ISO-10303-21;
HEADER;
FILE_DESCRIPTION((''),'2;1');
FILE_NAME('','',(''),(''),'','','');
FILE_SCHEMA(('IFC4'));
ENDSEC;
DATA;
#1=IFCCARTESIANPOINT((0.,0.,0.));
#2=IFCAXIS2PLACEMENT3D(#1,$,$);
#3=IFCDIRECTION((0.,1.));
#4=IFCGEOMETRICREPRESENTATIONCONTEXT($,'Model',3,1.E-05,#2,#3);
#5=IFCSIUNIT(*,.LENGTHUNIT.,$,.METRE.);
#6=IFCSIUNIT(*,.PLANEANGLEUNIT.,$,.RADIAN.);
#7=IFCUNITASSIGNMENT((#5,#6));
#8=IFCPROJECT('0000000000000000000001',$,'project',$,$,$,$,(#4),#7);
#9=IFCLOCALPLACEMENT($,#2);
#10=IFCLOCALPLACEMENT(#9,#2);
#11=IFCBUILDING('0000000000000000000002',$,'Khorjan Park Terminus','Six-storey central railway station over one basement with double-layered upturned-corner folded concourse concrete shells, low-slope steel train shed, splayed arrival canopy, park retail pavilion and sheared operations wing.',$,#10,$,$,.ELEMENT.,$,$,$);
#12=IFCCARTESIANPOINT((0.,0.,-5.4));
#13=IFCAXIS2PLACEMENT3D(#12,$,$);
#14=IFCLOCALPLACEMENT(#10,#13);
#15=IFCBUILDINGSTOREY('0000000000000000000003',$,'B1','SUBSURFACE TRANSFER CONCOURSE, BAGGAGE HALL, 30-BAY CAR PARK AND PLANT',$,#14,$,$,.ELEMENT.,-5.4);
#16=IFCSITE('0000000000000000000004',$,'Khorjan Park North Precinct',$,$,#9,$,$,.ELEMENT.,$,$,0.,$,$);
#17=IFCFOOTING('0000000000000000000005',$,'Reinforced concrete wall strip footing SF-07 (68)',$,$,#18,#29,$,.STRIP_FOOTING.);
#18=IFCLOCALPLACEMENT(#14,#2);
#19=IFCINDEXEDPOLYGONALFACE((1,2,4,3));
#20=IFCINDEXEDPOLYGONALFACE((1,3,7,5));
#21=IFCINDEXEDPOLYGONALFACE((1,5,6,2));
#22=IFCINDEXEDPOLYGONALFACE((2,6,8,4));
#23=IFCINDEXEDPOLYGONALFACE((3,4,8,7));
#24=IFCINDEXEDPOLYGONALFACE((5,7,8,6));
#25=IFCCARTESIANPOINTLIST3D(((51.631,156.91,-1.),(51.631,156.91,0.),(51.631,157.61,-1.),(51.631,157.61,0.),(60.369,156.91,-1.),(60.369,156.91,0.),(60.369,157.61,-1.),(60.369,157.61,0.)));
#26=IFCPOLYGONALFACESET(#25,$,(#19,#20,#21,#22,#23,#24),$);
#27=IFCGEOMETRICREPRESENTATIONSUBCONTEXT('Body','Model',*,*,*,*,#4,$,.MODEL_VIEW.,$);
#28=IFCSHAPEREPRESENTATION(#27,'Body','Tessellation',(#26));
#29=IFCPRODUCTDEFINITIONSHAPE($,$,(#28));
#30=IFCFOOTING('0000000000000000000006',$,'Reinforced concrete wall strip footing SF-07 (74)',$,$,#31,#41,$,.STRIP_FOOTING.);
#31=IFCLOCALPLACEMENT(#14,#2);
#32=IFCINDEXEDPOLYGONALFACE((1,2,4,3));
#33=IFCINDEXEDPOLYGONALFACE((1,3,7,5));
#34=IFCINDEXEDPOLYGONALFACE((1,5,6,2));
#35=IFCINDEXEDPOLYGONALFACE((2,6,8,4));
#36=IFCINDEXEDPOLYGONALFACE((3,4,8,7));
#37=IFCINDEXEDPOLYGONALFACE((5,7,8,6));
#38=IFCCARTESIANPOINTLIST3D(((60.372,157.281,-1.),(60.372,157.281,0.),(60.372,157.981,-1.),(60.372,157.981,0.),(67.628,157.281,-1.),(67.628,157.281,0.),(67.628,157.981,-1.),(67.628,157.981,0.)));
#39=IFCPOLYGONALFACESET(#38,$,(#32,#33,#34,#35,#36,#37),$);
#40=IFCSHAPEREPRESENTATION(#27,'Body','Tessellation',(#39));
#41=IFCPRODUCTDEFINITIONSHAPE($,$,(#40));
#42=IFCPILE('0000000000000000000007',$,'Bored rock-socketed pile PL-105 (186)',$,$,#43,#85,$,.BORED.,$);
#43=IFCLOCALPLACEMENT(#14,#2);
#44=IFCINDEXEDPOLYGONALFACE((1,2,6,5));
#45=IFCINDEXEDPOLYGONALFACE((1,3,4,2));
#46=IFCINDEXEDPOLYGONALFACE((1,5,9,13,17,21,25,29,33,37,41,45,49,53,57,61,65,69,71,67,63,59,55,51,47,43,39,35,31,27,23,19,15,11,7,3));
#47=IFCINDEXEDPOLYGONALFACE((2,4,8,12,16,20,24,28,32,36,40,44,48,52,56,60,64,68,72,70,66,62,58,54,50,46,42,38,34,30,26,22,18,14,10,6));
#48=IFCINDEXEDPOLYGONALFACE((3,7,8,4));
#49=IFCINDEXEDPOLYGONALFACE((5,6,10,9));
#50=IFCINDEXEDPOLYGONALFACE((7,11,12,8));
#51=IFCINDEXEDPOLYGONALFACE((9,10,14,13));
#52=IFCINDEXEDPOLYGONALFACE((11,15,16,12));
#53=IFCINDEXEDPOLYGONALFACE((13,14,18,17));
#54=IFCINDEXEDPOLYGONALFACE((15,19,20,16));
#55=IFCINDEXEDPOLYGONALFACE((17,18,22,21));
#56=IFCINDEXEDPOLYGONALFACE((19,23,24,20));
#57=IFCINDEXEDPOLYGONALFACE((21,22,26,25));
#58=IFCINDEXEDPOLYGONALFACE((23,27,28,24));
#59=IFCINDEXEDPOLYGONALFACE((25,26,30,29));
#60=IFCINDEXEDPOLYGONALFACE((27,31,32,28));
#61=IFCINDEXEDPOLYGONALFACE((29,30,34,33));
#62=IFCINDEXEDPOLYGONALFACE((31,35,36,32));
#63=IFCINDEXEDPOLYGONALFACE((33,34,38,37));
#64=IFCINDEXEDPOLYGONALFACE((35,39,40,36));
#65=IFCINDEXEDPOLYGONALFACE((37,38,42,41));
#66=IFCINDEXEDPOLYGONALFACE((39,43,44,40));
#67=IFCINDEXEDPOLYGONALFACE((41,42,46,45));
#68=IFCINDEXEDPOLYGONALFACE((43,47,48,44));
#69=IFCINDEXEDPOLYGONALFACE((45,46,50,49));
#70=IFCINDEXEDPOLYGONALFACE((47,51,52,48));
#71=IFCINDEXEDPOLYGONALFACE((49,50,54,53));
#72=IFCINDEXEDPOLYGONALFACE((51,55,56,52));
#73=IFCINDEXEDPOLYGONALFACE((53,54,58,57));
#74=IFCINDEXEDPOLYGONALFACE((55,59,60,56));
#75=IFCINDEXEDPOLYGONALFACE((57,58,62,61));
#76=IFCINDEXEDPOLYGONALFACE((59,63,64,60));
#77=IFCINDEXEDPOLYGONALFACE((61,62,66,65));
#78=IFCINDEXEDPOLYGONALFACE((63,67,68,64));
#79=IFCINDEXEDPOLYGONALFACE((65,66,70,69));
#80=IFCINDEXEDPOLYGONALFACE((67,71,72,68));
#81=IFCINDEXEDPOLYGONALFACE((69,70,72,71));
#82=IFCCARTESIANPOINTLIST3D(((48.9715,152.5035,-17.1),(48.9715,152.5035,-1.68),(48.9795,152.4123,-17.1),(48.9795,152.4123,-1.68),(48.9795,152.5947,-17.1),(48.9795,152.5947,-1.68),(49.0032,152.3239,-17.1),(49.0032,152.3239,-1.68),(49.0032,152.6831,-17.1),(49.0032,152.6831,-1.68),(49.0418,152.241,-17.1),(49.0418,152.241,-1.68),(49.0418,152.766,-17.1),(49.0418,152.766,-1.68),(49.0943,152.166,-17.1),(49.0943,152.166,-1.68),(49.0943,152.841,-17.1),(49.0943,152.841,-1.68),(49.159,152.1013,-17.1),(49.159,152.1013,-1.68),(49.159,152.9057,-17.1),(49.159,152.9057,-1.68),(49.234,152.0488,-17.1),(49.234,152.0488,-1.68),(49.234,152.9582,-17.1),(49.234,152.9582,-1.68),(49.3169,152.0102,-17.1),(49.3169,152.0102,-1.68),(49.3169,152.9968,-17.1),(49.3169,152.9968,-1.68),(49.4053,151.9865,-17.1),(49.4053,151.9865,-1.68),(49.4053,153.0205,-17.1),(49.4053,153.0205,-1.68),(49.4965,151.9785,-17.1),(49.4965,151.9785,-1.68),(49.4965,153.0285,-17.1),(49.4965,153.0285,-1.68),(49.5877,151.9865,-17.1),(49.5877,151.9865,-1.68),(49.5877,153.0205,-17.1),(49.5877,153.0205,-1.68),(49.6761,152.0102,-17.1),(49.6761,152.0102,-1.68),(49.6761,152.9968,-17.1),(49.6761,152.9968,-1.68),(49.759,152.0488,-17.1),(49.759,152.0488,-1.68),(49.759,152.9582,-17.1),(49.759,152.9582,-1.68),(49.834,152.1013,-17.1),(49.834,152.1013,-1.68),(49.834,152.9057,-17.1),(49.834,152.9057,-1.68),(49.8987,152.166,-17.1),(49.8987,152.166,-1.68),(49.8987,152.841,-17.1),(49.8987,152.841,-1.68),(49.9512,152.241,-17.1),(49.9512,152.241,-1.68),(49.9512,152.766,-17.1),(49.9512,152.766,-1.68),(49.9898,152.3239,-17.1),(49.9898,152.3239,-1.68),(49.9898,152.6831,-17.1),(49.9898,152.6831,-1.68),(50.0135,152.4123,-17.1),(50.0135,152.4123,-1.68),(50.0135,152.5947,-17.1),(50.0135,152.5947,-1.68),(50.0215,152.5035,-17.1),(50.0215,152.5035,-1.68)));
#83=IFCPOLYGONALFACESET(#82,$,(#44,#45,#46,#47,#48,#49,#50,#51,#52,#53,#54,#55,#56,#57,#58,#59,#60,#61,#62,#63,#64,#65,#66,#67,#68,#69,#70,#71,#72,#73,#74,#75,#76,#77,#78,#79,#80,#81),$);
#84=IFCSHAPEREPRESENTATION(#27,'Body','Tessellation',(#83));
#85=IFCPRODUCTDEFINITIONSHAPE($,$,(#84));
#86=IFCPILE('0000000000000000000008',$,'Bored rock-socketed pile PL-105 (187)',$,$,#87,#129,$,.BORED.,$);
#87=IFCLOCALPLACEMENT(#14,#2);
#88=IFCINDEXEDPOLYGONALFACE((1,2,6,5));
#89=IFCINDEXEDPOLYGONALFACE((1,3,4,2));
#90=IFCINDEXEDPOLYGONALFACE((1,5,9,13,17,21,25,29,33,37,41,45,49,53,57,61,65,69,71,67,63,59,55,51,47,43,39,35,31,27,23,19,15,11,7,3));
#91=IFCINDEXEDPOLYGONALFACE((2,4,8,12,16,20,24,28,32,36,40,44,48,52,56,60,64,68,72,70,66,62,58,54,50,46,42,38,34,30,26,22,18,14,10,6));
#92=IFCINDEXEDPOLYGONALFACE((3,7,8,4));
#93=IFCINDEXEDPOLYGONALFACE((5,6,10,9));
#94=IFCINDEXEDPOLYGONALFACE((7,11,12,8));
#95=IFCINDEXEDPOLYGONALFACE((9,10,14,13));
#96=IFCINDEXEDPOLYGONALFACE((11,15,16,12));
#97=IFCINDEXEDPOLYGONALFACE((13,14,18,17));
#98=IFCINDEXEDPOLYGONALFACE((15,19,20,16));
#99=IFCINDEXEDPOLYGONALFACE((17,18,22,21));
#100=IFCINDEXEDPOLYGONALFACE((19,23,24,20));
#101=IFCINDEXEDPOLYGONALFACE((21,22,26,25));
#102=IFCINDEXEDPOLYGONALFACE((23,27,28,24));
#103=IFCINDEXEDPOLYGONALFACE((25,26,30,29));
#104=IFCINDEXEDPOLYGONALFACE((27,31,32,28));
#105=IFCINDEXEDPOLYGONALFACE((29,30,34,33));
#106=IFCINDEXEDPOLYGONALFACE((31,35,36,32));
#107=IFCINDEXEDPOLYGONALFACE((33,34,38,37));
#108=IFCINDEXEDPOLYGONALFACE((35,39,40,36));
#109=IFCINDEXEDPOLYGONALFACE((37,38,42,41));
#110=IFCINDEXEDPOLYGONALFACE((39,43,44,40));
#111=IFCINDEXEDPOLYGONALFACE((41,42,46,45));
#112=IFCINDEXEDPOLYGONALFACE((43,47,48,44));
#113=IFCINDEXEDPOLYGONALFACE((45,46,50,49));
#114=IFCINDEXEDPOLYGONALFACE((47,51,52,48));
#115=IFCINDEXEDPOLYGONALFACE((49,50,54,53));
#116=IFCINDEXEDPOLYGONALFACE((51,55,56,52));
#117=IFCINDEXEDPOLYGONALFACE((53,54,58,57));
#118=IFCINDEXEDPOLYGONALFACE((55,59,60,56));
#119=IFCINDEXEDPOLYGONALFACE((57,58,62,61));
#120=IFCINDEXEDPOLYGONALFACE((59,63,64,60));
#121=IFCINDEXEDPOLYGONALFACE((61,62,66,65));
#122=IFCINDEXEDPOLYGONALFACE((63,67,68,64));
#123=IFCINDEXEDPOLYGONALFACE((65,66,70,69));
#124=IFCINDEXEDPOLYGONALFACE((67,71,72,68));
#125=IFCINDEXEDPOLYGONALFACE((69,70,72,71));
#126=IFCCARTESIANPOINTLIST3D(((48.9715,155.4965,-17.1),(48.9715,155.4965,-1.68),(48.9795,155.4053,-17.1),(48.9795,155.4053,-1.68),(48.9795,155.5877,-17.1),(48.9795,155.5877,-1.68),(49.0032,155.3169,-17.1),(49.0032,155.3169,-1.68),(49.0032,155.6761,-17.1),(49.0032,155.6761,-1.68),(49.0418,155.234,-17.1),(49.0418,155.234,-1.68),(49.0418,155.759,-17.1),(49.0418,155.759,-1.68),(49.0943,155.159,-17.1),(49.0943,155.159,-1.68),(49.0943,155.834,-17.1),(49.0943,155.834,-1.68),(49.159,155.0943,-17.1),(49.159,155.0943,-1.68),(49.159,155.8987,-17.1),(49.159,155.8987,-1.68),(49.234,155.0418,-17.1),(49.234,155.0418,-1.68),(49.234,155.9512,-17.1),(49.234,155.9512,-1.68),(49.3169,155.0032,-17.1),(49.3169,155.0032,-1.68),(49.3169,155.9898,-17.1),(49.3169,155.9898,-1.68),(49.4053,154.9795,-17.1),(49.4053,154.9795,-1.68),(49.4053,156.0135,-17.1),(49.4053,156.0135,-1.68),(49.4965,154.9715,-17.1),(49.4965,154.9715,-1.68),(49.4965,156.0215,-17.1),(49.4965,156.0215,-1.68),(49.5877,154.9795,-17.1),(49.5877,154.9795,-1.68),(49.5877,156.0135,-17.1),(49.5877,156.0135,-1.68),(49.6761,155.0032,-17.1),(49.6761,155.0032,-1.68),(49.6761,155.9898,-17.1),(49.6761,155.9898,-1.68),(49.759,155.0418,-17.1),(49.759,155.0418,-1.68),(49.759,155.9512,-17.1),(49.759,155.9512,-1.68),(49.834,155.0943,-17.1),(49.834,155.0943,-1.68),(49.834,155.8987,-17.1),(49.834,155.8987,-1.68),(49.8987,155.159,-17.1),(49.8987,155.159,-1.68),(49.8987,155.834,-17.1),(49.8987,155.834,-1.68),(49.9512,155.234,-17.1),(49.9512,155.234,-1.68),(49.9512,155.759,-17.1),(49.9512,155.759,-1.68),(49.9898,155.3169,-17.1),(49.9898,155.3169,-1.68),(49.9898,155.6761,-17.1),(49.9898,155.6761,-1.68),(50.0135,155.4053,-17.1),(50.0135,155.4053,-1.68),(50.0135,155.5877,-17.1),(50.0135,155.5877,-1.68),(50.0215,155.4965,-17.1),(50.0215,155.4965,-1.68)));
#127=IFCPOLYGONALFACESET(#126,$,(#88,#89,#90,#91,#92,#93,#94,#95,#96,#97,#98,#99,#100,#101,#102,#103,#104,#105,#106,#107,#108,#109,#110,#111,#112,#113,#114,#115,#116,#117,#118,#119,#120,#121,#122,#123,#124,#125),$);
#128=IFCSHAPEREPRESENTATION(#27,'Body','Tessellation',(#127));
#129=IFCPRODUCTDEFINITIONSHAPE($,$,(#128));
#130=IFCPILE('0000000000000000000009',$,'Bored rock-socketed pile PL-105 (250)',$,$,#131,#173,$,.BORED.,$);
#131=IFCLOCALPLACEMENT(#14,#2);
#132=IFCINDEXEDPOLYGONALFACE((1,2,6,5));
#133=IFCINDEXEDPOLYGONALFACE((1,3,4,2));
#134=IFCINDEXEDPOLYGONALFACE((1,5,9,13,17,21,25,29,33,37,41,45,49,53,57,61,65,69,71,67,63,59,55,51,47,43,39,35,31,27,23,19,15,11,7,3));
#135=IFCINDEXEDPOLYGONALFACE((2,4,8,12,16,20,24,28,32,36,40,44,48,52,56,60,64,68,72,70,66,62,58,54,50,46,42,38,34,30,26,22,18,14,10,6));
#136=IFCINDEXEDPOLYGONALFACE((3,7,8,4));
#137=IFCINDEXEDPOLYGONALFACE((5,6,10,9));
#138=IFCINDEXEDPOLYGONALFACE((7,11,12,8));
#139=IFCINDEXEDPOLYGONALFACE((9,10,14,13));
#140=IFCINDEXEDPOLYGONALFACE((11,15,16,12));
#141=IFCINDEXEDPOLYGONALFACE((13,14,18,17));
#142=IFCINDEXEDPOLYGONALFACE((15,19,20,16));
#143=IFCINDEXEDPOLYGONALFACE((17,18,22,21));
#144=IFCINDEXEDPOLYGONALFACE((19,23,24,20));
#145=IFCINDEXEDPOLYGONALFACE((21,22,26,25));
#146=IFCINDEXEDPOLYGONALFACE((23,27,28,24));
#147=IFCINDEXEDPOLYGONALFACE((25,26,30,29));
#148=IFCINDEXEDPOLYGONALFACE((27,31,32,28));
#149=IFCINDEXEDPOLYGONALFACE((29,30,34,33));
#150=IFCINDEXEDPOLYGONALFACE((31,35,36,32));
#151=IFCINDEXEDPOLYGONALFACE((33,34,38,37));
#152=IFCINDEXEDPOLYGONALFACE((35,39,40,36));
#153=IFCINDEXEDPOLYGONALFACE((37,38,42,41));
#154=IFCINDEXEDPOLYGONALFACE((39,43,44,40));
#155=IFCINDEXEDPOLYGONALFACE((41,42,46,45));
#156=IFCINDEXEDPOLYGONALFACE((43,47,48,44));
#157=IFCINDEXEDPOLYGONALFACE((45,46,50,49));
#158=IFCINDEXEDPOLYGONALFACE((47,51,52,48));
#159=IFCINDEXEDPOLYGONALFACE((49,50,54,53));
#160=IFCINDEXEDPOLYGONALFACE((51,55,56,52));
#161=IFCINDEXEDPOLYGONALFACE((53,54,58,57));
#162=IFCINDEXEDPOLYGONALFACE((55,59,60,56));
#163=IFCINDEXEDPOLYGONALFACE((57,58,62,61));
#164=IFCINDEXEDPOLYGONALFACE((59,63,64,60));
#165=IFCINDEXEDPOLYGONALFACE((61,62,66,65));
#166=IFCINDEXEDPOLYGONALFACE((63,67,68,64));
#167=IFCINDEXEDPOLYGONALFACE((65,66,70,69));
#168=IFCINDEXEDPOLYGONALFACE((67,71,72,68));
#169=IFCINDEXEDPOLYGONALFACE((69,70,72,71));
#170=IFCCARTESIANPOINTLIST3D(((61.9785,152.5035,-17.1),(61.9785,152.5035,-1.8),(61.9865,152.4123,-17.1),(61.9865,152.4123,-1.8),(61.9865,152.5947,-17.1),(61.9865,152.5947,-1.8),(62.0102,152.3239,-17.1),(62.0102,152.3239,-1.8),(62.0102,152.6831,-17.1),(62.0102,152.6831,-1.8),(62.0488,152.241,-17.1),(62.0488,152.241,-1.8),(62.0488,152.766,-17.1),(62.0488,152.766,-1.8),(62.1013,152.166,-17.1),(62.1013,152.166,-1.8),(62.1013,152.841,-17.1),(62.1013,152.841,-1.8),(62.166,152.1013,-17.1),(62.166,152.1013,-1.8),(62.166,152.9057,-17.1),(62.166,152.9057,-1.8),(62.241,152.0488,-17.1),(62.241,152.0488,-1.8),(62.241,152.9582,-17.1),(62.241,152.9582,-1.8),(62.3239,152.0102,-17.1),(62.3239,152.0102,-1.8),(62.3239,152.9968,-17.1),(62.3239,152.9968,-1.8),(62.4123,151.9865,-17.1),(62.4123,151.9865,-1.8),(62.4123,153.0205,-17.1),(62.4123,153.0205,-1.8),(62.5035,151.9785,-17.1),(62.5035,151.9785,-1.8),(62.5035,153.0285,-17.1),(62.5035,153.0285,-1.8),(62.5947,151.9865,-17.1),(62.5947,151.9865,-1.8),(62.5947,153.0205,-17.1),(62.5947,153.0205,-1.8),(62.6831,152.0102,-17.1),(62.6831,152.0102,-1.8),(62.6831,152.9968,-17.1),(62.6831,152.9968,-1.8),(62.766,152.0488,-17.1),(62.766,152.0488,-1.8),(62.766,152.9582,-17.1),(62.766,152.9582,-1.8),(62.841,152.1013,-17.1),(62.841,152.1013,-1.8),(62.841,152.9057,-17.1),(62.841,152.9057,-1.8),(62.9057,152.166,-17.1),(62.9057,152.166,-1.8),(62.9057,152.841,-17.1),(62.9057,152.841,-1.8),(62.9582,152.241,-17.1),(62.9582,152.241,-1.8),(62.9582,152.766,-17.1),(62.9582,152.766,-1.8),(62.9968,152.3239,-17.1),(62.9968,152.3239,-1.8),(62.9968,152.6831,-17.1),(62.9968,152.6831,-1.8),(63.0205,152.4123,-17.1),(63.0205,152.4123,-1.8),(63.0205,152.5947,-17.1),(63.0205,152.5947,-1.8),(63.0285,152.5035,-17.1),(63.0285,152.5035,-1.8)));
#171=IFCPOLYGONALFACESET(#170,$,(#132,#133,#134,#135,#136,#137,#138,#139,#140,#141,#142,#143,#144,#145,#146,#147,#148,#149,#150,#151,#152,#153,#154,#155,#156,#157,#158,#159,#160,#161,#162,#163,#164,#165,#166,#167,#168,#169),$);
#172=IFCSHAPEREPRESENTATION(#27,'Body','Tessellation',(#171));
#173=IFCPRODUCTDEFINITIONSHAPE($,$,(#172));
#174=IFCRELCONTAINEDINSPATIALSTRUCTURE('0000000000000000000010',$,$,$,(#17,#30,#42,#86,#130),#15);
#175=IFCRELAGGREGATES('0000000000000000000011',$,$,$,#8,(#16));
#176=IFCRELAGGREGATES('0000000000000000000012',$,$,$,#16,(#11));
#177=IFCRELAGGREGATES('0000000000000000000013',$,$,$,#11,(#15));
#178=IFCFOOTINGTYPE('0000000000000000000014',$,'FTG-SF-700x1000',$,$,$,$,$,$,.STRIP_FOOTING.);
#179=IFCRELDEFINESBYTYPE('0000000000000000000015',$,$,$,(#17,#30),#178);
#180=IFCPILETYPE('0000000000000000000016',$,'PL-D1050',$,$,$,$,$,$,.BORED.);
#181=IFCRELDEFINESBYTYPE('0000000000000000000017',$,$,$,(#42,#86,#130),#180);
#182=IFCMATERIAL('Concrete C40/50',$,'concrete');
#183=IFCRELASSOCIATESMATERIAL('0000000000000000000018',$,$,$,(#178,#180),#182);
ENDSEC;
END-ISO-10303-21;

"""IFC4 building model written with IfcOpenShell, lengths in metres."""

from ifc_helpers import new_model, si_unit, direction, frame, origin, origin_2d, place, context, subcontext, project, spatial, rectangle, circle, extrude, material, material_profile, profile_set, type_object, element, save


model = new_model("IFC4")

# Units and contexts
model_context = context("Model", 3, precision=1e-05, world=origin(), true_north=direction((0.0, 1.0)))
body_context = subcontext(model_context, "Body", "Model", "MODEL_VIEW")
ifc_project = project(units=[si_unit("LENGTHUNIT", "METRE"), si_unit("PLANEANGLEUNIT", "RADIAN")], contexts=[model_context])

# Site, building, storey
site_placement = place(None, origin())
site = spatial("IfcSite", under=ifc_project, at=site_placement, Name="Khorjan Park North Precinct", CompositionType="ELEMENT", RefElevation=0.0)
building_placement = place(site_placement, origin())
building = spatial("IfcBuilding", under=site, at=building_placement, Name="Khorjan Park Terminus", Description="Six-storey central railway station over one basement with double-layered upturned-corner folded concourse concrete shells, low-slope steel train shed, splayed arrival canopy, park retail pavilion and sheared operations wing.", CompositionType="ELEMENT")
storey_placement = place(building_placement, frame((0.0, 0.0, -5.4)))
storey = spatial("IfcBuildingStorey", under=building, at=storey_placement, Name="B1", Description="SUBSURFACE TRANSFER CONCOURSE, BAGGAGE HALL, 30-BAY CAR PARK AND PLANT", CompositionType="ELEMENT", Elevation=-5.4)

# Footings
ifc_material_1 = material(Name="Concrete C40/50", Category="concrete")
ifc_material_profile_1 = material_profile(ifc_material_1, rectangle(XDim=0.7, YDim=1.0, at=origin_2d()), Name="RC 700x1000")
ifc_profile_set_1 = profile_set([ifc_material_profile_1], Name="Concrete C40/50")
footing_type_1 = type_object("IfcFootingType", Name="FTG-SF-700x1000", PredefinedType="STRIP_FOOTING", material=ifc_profile_set_1)
footing_1_placement = place(storey_placement, frame((51.631, 157.26, -0.5), z_axis=(1.0, 0.0, 0.0), x_axis=(0.0, 1.0, 0.0)))
element("IfcFooting", 1, at=footing_1_placement, inside=storey, type_object=footing_type_1, Name="Reinforced concrete wall strip footing SF-07 (68)", PredefinedType="STRIP_FOOTING", context=body_context, shape_type="SweptSolid", body=[
    extrude(rectangle(XDim=0.7, YDim=1.0, at=origin_2d()), origin(), (0.0, 0.0, 1.0), 8.738),
])
footing_2_placement = place(storey_placement, frame((60.372, 157.631, -0.5), z_axis=(1.0, 0.0, 0.0), x_axis=(0.0, 1.0, 0.0)))
element("IfcFooting", 2, at=footing_2_placement, inside=storey, type_object=footing_type_1, Name="Reinforced concrete wall strip footing SF-07 (74)", PredefinedType="STRIP_FOOTING", context=body_context, shape_type="SweptSolid", body=[
    extrude(rectangle(XDim=0.7, YDim=1.0, at=origin_2d()), origin(), (0.0, 0.0, 1.0), 7.256),
])

# Piles
ifc_material_profile_2 = material_profile(ifc_material_1, circle(Radius=0.525, at=origin_2d()), Name="BORED D1050")
ifc_profile_set_2 = profile_set([ifc_material_profile_2], Name="Concrete C40/50")
pile_type_1 = type_object("IfcPileType", Name="PL-D1050", PredefinedType="BORED", material=ifc_profile_set_2)
for number, where, z_axis, x_axis, name in (
    (3, (49.4965, 152.5035, -1.68), (0.0, 0.0, -1.0), (1.0, 0.0, 0.0), "Bored rock-socketed pile PL-105 (186)"),
    (4, (49.4965, 155.4965, -1.68), (0.0, 0.0, -1.0), (1.0, 0.0, 0.0), "Bored rock-socketed pile PL-105 (187)"),
):
    element("IfcPile", number, at=place(storey_placement, frame(where, z_axis=z_axis, x_axis=x_axis)), inside=storey, type_object=pile_type_1, Name=name, PredefinedType="BORED", context=body_context, shape_type="SweptSolid", body=[
        extrude(circle(Radius=0.525, at=origin_2d()), origin(), (0.0, 0.0, 1.0), 15.42),
    ])
for number, where, z_axis, x_axis, name in (
    (5, (62.5035, 152.5035, -1.8), (0.0, 0.0, -1.0), (1.0, 0.0, 0.0), "Bored rock-socketed pile PL-105 (250)"),
):
    element("IfcPile", number, at=place(storey_placement, frame(where, z_axis=z_axis, x_axis=x_axis)), inside=storey, type_object=pile_type_1, Name=name, PredefinedType="BORED", context=body_context, shape_type="SweptSolid", body=[
        extrude(circle(Radius=0.525, at=origin_2d()), origin(), (0.0, 0.0, 1.0), 15.3),
    ])

save(model, "model.ifc")
